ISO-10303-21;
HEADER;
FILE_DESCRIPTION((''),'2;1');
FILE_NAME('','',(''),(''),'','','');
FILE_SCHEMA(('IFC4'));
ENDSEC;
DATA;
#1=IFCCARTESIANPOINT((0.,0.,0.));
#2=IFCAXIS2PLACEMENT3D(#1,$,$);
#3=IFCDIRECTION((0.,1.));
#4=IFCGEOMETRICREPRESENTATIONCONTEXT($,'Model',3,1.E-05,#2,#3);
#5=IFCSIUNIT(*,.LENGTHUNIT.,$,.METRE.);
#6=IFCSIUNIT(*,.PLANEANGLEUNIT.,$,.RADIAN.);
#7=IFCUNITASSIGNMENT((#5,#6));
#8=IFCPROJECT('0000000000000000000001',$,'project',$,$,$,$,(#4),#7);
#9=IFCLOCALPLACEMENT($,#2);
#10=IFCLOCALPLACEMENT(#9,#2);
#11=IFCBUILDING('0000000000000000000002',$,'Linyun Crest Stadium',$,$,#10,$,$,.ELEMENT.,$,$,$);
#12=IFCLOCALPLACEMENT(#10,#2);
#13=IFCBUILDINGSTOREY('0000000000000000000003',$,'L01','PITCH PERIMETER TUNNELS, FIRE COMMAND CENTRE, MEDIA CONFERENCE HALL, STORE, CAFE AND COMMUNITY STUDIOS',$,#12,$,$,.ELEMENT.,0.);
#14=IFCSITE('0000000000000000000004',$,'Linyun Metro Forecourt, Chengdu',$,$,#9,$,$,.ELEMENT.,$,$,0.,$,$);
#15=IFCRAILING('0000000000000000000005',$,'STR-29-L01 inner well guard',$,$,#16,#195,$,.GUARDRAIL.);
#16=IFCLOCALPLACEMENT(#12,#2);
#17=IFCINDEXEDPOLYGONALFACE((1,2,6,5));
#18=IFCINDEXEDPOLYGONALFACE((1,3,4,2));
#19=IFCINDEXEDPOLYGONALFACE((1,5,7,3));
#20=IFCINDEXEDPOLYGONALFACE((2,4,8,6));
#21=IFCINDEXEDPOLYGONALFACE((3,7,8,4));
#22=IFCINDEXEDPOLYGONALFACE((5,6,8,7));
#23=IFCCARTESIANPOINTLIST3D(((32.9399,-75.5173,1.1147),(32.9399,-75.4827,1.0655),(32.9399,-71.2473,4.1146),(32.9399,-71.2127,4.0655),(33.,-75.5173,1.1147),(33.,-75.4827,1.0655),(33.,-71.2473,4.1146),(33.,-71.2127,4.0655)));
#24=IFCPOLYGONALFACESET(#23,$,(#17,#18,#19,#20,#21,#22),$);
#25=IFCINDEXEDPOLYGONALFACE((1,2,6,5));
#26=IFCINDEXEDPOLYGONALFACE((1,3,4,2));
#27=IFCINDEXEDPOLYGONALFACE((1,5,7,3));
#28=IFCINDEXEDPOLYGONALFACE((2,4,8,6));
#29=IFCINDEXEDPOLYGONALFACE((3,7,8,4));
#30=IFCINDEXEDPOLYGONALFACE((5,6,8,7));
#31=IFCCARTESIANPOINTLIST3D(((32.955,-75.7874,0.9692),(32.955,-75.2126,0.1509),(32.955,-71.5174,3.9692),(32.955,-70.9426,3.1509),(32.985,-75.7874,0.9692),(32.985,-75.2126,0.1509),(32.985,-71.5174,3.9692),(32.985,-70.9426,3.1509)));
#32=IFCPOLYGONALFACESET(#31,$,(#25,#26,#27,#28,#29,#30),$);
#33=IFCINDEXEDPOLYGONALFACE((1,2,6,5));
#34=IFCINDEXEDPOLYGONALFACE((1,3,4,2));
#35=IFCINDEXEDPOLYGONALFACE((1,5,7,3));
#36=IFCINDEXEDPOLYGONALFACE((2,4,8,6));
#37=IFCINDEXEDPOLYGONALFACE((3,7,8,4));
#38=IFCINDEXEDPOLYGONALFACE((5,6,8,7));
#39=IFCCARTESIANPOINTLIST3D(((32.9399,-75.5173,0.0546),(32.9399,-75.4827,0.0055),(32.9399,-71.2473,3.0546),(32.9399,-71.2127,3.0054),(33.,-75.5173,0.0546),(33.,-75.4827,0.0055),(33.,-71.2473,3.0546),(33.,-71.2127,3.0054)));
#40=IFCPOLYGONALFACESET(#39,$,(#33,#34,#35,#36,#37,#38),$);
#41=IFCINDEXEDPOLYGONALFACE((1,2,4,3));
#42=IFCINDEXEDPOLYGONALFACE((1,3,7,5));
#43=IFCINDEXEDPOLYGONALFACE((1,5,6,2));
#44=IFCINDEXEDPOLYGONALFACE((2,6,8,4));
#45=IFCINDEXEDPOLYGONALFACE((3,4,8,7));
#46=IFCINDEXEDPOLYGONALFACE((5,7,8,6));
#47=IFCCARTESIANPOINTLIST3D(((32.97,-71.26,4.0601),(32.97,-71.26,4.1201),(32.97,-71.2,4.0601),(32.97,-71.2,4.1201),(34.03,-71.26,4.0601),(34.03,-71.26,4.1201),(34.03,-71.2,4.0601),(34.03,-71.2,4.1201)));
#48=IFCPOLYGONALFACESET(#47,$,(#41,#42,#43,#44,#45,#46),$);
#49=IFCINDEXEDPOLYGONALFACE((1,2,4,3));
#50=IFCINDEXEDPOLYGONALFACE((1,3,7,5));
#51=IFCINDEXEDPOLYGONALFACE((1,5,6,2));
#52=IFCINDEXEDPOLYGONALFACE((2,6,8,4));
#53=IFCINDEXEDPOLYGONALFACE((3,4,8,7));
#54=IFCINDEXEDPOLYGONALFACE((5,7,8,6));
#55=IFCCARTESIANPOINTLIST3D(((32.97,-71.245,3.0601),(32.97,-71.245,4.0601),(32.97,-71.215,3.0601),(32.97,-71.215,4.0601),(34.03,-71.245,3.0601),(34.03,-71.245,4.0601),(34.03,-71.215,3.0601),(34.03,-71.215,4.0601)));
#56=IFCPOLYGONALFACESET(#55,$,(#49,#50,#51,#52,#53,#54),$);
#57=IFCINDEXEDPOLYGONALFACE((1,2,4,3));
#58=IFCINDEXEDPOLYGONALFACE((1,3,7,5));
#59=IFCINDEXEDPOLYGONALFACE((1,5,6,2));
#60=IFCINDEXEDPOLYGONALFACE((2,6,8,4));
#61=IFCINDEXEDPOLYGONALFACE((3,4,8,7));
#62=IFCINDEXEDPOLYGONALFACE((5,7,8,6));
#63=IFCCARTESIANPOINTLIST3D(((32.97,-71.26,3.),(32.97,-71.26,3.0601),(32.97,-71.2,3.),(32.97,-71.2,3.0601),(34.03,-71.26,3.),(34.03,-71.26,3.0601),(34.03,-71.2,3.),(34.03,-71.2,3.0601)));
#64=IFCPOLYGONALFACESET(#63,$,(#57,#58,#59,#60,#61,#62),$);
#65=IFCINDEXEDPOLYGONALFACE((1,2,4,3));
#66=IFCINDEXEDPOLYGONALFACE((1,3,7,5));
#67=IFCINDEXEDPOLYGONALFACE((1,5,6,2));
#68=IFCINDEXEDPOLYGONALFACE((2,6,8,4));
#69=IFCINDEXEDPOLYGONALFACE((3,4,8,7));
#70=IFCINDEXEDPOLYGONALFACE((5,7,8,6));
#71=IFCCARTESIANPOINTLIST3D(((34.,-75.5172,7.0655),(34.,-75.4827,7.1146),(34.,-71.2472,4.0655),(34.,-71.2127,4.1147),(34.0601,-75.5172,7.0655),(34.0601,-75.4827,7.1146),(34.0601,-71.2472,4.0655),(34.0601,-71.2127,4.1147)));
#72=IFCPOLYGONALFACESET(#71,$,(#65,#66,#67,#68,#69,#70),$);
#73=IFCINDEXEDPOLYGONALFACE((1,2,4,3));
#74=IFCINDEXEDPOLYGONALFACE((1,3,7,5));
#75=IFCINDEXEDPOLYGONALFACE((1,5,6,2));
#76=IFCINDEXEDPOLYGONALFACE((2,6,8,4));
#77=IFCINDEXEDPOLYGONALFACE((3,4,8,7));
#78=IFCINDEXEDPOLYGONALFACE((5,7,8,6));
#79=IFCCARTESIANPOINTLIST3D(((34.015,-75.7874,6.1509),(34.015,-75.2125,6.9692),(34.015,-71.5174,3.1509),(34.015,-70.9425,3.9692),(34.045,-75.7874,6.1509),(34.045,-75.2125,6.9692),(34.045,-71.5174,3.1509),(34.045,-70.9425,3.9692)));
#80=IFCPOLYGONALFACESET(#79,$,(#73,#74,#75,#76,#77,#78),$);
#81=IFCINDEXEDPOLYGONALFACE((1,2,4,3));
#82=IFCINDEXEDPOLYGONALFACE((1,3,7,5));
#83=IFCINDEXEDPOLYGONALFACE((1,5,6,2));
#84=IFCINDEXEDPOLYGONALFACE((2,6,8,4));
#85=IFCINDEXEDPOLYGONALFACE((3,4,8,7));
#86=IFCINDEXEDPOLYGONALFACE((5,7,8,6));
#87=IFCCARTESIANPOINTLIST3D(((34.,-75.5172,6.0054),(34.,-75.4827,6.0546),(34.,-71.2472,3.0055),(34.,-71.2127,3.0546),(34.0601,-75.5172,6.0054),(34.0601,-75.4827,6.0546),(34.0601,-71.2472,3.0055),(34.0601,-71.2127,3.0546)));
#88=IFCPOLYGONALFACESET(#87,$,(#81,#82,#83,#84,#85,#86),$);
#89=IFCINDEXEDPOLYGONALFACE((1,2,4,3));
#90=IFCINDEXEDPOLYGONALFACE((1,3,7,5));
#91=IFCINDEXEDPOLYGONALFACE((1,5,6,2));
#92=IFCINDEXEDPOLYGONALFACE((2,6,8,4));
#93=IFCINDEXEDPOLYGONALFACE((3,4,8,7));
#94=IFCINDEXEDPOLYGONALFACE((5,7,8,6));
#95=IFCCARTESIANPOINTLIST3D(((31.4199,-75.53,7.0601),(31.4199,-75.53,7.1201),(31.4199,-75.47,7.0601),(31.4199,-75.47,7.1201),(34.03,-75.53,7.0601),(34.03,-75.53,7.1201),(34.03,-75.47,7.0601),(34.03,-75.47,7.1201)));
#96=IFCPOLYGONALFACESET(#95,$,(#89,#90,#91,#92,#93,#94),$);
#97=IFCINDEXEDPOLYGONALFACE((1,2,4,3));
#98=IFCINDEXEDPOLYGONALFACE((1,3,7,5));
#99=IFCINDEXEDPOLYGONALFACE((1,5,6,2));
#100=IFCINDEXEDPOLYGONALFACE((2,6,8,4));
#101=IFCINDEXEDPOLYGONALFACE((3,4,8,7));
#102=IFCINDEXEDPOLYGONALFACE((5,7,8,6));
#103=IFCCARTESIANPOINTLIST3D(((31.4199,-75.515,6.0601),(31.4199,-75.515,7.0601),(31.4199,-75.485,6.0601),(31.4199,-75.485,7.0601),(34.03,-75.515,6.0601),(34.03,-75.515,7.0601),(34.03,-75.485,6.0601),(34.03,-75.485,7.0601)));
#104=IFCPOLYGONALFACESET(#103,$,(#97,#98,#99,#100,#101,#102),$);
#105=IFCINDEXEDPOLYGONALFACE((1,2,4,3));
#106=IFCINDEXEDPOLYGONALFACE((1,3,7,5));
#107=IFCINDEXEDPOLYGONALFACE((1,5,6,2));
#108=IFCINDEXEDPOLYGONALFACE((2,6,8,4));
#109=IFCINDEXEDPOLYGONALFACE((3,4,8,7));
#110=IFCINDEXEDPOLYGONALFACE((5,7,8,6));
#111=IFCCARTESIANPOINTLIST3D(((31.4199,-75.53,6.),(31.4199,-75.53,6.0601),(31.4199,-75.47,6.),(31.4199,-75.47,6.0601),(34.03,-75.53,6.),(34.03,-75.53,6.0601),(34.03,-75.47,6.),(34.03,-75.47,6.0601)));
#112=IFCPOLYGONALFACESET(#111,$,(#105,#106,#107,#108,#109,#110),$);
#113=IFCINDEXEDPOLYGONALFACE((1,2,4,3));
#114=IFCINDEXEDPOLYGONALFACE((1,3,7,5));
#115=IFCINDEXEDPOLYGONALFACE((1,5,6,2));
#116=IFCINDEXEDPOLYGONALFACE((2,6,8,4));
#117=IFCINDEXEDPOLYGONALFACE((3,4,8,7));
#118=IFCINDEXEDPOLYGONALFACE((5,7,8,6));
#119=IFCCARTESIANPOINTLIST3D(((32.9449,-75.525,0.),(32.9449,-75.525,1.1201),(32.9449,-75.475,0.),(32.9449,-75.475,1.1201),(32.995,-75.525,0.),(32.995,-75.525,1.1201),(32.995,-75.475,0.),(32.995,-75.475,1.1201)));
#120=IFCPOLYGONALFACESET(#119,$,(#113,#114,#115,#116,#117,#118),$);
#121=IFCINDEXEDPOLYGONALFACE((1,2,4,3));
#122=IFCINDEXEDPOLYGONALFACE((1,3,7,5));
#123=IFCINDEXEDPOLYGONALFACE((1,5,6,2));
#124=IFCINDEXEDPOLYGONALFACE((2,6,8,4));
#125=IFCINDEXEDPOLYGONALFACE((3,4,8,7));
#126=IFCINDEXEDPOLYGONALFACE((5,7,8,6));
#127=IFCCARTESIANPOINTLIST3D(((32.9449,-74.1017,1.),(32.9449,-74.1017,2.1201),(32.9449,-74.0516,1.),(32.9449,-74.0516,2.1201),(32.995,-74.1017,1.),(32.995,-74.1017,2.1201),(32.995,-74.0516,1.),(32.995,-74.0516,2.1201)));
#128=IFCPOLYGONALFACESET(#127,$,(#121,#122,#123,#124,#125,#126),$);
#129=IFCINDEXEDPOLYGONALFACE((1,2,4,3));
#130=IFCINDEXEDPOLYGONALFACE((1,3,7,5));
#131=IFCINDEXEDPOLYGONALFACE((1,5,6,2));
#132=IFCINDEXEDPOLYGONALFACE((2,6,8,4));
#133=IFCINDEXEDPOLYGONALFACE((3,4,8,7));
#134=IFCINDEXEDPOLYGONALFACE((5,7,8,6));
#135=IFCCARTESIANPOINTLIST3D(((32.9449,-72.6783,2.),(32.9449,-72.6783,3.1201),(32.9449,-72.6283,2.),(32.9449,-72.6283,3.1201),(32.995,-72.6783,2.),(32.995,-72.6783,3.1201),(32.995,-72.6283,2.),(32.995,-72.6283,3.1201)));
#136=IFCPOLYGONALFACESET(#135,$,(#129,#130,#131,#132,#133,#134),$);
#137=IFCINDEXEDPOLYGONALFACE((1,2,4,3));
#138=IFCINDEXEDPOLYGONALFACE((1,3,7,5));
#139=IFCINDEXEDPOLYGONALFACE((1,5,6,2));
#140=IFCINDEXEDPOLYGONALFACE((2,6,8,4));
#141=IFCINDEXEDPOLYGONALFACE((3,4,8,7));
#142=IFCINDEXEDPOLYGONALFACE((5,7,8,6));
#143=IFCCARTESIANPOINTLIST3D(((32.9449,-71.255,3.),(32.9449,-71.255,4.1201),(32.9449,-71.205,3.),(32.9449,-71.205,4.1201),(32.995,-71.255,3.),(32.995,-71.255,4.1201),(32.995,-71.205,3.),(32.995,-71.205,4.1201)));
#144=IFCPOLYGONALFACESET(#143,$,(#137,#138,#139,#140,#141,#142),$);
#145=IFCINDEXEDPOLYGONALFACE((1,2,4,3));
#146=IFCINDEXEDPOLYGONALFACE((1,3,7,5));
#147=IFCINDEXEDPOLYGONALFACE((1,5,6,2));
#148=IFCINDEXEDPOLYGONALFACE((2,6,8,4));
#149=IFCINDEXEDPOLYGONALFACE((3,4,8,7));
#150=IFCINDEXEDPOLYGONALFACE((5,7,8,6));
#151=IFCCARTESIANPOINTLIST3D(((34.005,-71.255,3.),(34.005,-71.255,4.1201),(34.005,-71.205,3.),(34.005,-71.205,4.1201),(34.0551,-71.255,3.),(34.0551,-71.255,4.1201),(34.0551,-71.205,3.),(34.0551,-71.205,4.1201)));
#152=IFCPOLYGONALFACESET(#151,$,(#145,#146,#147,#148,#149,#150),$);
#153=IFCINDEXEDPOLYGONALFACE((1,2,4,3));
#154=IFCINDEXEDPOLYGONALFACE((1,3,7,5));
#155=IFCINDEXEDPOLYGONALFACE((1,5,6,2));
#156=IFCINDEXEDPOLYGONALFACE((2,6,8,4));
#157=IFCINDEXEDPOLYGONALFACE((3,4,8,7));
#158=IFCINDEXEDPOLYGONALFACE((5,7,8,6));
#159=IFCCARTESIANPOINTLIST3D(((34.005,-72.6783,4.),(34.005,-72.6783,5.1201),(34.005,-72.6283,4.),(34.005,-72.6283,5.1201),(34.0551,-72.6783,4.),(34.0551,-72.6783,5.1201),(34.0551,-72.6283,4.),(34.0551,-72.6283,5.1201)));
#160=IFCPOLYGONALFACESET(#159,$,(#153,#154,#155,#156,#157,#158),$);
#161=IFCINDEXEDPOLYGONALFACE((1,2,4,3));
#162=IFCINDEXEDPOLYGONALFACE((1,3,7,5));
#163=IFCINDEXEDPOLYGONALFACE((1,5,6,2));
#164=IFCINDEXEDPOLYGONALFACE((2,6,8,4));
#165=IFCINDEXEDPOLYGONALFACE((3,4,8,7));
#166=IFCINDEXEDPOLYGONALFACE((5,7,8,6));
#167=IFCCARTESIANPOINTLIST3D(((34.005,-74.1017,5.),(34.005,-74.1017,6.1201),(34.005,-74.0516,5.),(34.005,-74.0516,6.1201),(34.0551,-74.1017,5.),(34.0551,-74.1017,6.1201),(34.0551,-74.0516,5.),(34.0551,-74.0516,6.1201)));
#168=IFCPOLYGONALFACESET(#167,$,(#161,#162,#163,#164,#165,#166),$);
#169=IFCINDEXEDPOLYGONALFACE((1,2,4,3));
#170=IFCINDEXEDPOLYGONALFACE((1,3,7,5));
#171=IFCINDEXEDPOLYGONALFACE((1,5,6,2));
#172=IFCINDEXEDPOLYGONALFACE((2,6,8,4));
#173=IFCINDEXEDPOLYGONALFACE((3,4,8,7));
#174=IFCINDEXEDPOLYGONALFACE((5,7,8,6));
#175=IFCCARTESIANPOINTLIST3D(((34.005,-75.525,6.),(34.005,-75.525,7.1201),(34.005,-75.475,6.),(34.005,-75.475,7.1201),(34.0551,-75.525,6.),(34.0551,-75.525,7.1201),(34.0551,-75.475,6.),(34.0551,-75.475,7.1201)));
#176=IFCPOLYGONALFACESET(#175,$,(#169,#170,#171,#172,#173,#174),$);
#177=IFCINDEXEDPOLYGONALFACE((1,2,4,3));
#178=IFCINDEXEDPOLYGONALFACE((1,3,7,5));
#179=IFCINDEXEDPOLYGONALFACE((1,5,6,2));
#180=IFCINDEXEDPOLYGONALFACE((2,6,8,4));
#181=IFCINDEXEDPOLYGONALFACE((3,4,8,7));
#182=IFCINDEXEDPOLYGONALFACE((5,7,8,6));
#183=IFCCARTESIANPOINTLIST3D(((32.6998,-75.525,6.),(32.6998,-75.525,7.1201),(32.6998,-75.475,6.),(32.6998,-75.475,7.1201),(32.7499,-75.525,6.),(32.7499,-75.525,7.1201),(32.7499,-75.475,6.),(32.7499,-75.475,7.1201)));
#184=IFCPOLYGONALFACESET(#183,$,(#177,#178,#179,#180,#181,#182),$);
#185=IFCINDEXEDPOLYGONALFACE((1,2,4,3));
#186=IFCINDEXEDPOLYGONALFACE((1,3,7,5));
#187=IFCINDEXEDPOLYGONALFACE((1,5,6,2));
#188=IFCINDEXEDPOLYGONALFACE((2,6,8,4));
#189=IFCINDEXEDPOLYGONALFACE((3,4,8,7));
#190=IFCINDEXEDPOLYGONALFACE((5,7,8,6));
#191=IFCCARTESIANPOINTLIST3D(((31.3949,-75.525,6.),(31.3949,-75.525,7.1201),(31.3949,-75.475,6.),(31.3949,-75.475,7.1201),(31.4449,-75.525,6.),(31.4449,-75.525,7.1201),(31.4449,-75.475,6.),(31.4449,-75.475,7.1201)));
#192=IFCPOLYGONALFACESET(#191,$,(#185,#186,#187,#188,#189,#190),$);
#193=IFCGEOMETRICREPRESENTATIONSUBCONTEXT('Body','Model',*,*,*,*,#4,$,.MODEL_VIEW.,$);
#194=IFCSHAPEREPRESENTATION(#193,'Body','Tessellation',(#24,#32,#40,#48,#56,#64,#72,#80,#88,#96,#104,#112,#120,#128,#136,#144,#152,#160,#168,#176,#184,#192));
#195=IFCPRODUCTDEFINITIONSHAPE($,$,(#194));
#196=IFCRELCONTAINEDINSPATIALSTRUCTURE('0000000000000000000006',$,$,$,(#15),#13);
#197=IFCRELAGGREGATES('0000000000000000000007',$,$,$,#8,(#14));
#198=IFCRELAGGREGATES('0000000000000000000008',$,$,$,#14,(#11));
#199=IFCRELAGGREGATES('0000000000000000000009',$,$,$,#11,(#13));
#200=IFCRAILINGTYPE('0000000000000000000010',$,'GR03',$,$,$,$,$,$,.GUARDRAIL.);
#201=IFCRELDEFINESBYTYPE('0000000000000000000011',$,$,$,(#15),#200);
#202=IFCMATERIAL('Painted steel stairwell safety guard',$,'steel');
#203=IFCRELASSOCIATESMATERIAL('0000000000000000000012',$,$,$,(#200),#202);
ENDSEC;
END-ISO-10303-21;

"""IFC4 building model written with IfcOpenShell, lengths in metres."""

from ifc_helpers import new_model, si_unit, direction, frame, origin, origin_2d, place, context, subcontext, project, spatial, rectangle, extrude, material, type_object, element, save


model = new_model("IFC4")

# Units and contexts
model_context = context("Model", 3, precision=1e-05, world=origin(), true_north=direction((0.0, 1.0)))
body_context = subcontext(model_context, "Body", "Model", "MODEL_VIEW")
ifc_project = project(units=[si_unit("LENGTHUNIT", "METRE"), si_unit("PLANEANGLEUNIT", "RADIAN")], contexts=[model_context])

# Site, building, storey
site_placement = place(None, origin())
site = spatial("IfcSite", under=ifc_project, at=site_placement, Name="Linyun Metro Forecourt, Chengdu", CompositionType="ELEMENT", RefElevation=0.0)
building_placement = place(site_placement, origin())
building = spatial("IfcBuilding", under=site, at=building_placement, Name="Linyun Crest Stadium", CompositionType="ELEMENT")
storey_placement = place(building_placement, origin())
storey = spatial("IfcBuildingStorey", under=building, at=storey_placement, Name="L01", Description="PITCH PERIMETER TUNNELS, FIRE COMMAND CENTRE, MEDIA CONFERENCE HALL, STORE, CAFE AND COMMUNITY STUDIOS", CompositionType="ELEMENT", Elevation=0.0)

# Railing
ifc_material_1 = material(Name="Painted steel stairwell safety guard", Category="steel")
railing_type_1 = type_object("IfcRailingType", Name="GR03", PredefinedType="GUARDRAIL", material=ifc_material_1)
railing_1_placement = place(storey_placement, frame((32.97, -75.5, 0.0)))
element("IfcRailing", 1, at=railing_1_placement, inside=storey, type_object=railing_type_1, Name="STR-29-L01 inner well guard", PredefinedType="GUARDRAIL", context=body_context, shape_type="SweptSolid", body=[
    extrude(rectangle(XDim=0.0601, YDim=0.0601, at=origin_2d()), frame((0.0, 0.0, 1.0901), z_axis=(0.0, 0.818242, 0.574874), x_axis=(-1.0, 0.0, 0.0)), (0.0, 0.0, 1.0), 5.2185),
    extrude(rectangle(XDim=0.03, YDim=1.0, at=origin_2d()), frame((0.0, 0.0, 0.5601), z_axis=(0.0, 0.818242, 0.574874), x_axis=(-1.0, 0.0, 0.0)), (0.0, 0.0, 1.0), 5.2185),
    extrude(rectangle(XDim=0.0601, YDim=0.0601, at=origin_2d()), frame((0.0, 0.0, 0.03), z_axis=(0.0, 0.818242, 0.574874), x_axis=(-1.0, 0.0, 0.0)), (0.0, 0.0, 1.0), 5.2185),
    extrude(rectangle(XDim=0.0601, YDim=0.0601, at=origin_2d()), frame((0.0, 4.27, 4.0901), z_axis=(1.0, 0.0, 0.0), x_axis=(0.0, 1.0, 0.0)), (0.0, 0.0, 1.0), 1.0601),
    extrude(rectangle(XDim=0.03, YDim=1.0, at=origin_2d()), frame((0.0, 4.27, 3.5601), z_axis=(1.0, 0.0, 0.0), x_axis=(0.0, 1.0, 0.0)), (0.0, 0.0, 1.0), 1.0601),
    extrude(rectangle(XDim=0.0601, YDim=0.0601, at=origin_2d()), frame((0.0, 4.27, 3.03), z_axis=(1.0, 0.0, 0.0), x_axis=(0.0, 1.0, 0.0)), (0.0, 0.0, 1.0), 1.0601),
    extrude(rectangle(XDim=0.0601, YDim=0.0601, at=origin_2d()), frame((1.0601, 4.27, 4.0901), z_axis=(0.0, -0.818242, 0.574874), x_axis=(1.0, 0.0, 0.0)), (0.0, 0.0, 1.0), 5.2185),
    extrude(rectangle(XDim=0.03, YDim=1.0, at=origin_2d()), frame((1.0601, 4.27, 3.5601), z_axis=(0.0, -0.818242, 0.574874), x_axis=(1.0, 0.0, 0.0)), (0.0, 0.0, 1.0), 5.2185),
    extrude(rectangle(XDim=0.0601, YDim=0.0601, at=origin_2d()), frame((1.0601, 4.27, 3.03), z_axis=(0.0, -0.818242, 0.574874), x_axis=(1.0, 0.0, 0.0)), (0.0, 0.0, 1.0), 5.2185),
    extrude(rectangle(XDim=0.0601, YDim=0.0601, at=origin_2d()), frame((1.0601, 0.0, 7.0901), z_axis=(-1.0, 0.0, 0.0), x_axis=(0.0, -1.0, 0.0)), (0.0, 0.0, 1.0), 2.6101),
    extrude(rectangle(XDim=0.03, YDim=1.0, at=origin_2d()), frame((1.0601, 0.0, 6.5601), z_axis=(-1.0, 0.0, 0.0), x_axis=(0.0, -1.0, 0.0)), (0.0, 0.0, 1.0), 2.6101),
    extrude(rectangle(XDim=0.0601, YDim=0.0601, at=origin_2d()), frame((1.0601, 0.0, 6.03), z_axis=(-1.0, 0.0, 0.0), x_axis=(0.0, -1.0, 0.0)), (0.0, 0.0, 1.0), 2.6101),
    extrude(rectangle(XDim=0.05, YDim=0.05, at=origin_2d()), origin(), (0.0, 0.0, 1.0), 1.1201),
    extrude(rectangle(XDim=0.05, YDim=0.05, at=origin_2d()), frame((0.0, 1.4233, 1.0)), (0.0, 0.0, 1.0), 1.1201),
    extrude(rectangle(XDim=0.05, YDim=0.05, at=origin_2d()), frame((0.0, 2.8467, 2.0)), (0.0, 0.0, 1.0), 1.1201),
    extrude(rectangle(XDim=0.05, YDim=0.05, at=origin_2d()), frame((0.0, 4.27, 3.0)), (0.0, 0.0, 1.0), 1.1201),
    extrude(rectangle(XDim=0.05, YDim=0.05, at=origin_2d()), frame((1.0601, 4.27, 3.0)), (0.0, 0.0, 1.0), 1.1201),
    extrude(rectangle(XDim=0.05, YDim=0.05, at=origin_2d()), frame((1.0601, 2.8467, 4.0)), (0.0, 0.0, 1.0), 1.1201),
    extrude(rectangle(XDim=0.05, YDim=0.05, at=origin_2d()), frame((1.0601, 1.4233, 5.0)), (0.0, 0.0, 1.0), 1.1201),
    extrude(rectangle(XDim=0.05, YDim=0.05, at=origin_2d()), frame((1.0601, 0.0, 6.0)), (0.0, 0.0, 1.0), 1.1201),
    extrude(rectangle(XDim=0.05, YDim=0.05, at=origin_2d()), frame((-0.2451, 0.0, 6.0)), (0.0, 0.0, 1.0), 1.1201),
    extrude(rectangle(XDim=0.05, YDim=0.05, at=origin_2d()), frame((-1.55, 0.0, 6.0)), (0.0, 0.0, 1.0), 1.1201),
])

save(model, "model.ifc")
